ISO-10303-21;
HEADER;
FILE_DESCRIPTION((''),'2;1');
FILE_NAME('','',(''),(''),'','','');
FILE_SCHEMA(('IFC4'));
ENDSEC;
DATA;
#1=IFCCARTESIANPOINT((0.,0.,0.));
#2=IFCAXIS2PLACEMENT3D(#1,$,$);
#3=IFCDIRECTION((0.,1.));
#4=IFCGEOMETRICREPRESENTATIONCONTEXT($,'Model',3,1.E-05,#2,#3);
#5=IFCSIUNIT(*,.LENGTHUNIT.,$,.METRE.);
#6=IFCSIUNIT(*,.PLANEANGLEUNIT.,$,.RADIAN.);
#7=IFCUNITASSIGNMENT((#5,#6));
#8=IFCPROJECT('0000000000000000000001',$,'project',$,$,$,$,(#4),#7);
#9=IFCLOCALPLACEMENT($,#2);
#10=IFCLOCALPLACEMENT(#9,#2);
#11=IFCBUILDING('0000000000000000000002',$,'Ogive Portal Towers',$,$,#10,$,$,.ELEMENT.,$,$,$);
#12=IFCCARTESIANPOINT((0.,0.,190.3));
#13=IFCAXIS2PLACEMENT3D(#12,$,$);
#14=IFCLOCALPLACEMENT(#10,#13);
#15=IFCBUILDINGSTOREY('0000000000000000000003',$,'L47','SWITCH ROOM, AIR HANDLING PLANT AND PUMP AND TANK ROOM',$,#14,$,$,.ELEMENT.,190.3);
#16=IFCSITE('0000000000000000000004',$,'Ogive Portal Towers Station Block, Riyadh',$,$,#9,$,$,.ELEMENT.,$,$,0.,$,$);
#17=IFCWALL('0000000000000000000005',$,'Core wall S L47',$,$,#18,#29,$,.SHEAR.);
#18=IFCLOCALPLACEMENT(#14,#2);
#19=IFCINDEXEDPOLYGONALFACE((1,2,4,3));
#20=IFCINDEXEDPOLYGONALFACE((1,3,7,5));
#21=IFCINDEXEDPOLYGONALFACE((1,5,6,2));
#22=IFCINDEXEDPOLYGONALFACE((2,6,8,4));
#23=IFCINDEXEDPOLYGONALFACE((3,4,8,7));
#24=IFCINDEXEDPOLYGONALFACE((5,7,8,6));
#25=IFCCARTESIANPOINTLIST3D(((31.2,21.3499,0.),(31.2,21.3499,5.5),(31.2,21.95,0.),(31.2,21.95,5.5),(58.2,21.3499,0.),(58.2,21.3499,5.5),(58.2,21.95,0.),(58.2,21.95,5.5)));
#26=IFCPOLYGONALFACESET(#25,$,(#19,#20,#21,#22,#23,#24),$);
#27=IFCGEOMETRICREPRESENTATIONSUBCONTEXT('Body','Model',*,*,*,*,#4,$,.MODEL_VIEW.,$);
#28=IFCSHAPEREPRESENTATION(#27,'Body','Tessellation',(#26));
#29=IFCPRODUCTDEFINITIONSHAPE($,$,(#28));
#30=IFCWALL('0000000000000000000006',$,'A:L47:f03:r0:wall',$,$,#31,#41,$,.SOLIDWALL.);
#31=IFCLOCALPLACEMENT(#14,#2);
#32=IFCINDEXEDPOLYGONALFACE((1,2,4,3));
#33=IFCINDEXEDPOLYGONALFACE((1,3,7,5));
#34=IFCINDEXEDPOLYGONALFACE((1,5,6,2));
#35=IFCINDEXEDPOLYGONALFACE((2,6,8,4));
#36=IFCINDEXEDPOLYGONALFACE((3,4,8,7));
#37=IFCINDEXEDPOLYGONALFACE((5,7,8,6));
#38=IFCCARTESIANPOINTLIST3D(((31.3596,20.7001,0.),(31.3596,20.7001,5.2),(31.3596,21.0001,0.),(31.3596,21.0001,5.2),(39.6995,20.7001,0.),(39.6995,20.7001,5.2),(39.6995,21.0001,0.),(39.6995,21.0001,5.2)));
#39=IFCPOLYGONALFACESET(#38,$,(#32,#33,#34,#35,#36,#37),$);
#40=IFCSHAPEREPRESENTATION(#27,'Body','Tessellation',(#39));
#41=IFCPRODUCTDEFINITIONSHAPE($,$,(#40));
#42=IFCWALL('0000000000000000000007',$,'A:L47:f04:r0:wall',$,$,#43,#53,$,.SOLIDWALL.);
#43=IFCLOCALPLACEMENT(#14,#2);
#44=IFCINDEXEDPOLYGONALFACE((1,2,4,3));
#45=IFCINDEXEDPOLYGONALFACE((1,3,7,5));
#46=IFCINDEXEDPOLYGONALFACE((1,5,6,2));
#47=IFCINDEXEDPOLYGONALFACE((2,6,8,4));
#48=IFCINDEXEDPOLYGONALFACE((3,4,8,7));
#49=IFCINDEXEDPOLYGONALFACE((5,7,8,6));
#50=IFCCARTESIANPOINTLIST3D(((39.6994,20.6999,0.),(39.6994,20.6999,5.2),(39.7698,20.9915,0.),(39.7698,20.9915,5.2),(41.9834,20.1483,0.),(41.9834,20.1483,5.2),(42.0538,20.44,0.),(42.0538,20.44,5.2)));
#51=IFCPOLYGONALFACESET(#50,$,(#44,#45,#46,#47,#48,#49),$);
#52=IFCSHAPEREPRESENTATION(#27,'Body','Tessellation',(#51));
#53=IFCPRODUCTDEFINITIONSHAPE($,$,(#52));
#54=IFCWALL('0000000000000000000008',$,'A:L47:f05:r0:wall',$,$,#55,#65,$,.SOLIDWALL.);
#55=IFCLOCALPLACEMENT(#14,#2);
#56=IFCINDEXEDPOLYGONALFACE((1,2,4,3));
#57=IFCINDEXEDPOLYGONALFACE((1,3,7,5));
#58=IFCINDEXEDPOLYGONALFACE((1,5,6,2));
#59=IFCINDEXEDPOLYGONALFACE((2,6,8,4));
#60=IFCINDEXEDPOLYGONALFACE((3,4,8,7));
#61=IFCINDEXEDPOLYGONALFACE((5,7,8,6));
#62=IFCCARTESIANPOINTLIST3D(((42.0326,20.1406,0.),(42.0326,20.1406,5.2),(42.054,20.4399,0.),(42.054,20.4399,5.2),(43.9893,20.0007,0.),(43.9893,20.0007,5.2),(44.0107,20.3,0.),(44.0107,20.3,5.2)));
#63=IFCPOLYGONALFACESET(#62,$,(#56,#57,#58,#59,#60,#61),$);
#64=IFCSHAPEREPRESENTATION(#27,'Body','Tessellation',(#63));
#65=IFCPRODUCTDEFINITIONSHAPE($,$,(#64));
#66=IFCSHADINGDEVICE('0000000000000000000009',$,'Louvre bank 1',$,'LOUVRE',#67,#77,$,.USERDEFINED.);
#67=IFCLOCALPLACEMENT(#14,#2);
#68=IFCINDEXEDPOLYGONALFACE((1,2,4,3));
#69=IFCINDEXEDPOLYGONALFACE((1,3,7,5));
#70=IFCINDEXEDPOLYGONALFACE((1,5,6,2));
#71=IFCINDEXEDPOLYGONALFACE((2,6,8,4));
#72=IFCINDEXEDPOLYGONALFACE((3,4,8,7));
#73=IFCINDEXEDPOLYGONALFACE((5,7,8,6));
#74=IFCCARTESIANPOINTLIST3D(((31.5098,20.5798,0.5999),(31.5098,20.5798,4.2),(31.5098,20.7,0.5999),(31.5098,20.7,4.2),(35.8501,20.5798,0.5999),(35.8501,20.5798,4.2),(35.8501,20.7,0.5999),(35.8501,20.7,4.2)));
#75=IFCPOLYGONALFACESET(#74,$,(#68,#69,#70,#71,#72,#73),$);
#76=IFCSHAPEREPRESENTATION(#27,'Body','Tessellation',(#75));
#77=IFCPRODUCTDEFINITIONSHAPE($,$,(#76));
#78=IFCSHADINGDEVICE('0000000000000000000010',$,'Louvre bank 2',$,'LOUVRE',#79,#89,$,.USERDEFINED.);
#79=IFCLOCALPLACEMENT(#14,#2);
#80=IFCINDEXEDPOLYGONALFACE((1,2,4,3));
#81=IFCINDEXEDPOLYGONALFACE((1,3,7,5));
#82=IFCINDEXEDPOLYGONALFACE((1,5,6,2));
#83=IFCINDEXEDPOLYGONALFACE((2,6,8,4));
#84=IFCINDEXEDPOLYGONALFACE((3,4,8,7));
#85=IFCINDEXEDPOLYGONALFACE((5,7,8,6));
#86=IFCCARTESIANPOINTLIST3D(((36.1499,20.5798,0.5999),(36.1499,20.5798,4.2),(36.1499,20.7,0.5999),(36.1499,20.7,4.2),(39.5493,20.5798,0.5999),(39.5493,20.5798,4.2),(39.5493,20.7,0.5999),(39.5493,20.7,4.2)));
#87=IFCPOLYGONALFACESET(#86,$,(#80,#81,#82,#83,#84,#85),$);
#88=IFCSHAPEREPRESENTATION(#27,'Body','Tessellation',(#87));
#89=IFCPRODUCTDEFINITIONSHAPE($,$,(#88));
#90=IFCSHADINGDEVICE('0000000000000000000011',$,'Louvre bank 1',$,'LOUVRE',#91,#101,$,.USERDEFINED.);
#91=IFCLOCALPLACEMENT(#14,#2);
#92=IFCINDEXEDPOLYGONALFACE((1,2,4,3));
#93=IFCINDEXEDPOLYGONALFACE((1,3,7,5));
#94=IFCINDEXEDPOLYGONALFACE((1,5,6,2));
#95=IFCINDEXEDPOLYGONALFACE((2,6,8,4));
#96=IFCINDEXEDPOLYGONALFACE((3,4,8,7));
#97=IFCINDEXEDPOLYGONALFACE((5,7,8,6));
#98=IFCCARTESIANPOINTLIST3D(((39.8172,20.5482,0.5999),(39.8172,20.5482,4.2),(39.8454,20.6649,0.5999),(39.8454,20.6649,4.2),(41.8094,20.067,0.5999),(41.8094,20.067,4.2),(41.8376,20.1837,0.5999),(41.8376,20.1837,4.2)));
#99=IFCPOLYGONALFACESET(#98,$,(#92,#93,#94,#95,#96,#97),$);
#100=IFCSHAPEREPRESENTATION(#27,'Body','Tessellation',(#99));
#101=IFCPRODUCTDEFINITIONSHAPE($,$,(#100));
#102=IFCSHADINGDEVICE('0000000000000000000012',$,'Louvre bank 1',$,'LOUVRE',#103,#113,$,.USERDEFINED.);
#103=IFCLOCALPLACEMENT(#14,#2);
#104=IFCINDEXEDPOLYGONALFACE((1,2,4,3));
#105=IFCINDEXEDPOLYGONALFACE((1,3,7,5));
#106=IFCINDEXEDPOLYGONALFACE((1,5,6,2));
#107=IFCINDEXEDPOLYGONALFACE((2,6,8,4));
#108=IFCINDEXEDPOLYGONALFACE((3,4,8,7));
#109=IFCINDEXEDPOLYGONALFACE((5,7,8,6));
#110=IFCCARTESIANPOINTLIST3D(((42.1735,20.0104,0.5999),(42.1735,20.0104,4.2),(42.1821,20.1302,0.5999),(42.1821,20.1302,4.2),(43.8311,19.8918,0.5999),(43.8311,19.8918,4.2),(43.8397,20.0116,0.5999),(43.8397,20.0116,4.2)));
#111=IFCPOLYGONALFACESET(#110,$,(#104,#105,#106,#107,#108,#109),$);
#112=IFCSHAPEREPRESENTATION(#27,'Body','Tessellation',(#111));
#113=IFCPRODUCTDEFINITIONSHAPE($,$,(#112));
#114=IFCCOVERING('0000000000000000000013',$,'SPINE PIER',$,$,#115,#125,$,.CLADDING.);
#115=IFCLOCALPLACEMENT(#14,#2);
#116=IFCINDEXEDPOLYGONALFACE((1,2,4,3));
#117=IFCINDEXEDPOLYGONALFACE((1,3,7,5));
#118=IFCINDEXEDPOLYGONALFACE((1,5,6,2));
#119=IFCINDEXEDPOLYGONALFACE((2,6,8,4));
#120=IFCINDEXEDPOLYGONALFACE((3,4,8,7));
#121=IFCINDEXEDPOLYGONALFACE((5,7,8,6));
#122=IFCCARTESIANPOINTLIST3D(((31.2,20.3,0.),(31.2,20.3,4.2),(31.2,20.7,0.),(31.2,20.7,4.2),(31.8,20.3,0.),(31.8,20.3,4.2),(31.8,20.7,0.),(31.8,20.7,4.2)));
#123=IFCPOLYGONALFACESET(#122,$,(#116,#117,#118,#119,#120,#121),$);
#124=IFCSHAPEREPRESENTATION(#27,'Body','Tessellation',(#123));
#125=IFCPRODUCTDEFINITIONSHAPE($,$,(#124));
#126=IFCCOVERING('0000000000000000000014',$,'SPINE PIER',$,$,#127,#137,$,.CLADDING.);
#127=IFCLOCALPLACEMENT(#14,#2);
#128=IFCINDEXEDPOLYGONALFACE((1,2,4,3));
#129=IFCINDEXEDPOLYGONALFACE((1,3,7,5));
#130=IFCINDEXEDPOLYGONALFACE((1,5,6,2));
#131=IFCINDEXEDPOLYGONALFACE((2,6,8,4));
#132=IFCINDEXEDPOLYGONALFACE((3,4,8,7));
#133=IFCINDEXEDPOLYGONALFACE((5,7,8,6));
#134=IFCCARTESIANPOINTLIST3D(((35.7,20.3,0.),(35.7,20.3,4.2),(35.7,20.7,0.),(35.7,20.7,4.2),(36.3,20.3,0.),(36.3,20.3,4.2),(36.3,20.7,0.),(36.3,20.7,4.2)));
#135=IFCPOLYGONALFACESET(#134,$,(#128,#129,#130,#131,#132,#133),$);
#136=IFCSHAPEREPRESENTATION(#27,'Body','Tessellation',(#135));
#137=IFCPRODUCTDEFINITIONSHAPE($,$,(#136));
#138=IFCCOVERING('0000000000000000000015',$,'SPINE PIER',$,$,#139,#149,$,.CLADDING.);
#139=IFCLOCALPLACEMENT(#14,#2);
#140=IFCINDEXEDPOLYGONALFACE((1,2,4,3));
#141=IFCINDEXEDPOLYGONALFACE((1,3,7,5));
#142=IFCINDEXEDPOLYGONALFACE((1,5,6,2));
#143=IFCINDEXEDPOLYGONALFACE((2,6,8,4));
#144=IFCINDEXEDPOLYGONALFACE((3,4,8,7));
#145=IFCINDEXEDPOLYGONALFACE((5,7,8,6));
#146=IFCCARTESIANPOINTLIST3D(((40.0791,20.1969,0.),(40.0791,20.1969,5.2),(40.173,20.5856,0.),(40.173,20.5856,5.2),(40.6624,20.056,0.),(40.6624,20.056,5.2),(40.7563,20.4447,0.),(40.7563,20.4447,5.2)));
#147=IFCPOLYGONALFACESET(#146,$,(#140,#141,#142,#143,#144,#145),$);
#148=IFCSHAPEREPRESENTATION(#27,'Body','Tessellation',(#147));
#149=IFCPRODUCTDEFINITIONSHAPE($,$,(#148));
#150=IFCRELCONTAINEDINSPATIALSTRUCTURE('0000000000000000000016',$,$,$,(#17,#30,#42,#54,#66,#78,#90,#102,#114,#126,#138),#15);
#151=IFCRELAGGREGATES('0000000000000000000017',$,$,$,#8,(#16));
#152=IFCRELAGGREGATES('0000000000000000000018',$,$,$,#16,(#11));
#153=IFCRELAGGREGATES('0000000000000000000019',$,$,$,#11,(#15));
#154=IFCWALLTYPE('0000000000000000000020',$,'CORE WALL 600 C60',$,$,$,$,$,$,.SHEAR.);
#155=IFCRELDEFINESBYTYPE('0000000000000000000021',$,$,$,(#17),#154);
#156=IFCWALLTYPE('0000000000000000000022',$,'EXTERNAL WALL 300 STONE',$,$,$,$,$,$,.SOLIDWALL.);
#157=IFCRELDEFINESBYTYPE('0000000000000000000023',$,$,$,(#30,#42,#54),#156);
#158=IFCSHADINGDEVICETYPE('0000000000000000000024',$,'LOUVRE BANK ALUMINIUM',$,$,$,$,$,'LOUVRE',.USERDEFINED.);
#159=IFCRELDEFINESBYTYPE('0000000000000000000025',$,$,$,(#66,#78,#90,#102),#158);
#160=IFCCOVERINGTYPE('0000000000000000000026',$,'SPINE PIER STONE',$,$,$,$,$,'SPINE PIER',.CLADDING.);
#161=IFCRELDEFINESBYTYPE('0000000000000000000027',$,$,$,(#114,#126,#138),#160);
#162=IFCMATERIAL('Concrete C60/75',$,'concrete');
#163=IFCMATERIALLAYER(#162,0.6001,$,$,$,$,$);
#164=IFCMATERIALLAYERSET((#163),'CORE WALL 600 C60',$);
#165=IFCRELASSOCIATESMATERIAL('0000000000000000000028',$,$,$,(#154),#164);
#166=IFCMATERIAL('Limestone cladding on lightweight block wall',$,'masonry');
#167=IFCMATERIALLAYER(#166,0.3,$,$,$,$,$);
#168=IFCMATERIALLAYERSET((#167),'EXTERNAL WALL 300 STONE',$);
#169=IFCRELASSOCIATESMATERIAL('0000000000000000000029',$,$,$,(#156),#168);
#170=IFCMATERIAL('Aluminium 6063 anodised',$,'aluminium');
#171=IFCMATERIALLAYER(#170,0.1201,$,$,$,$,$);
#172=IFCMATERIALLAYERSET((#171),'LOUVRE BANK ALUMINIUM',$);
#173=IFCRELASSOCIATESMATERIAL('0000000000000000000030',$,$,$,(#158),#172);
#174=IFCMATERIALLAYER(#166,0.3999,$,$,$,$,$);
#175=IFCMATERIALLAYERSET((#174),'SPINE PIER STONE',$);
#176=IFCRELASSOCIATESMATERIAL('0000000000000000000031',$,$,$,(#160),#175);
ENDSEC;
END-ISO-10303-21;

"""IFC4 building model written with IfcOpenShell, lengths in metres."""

from ifc_helpers import new_model, si_unit, direction, frame, frame_2d, origin, origin_2d, place, context, subcontext, project, spatial, rectangle, extrude, material, layer, layer_set, type_object, element, save


model = new_model("IFC4")

# Units and contexts
model_context = context("Model", 3, precision=1e-05, world=origin(), true_north=direction((0.0, 1.0)))
body_context = subcontext(model_context, "Body", "Model", "MODEL_VIEW")
ifc_project = project(units=[si_unit("LENGTHUNIT", "METRE"), si_unit("PLANEANGLEUNIT", "RADIAN")], contexts=[model_context])

# Site, building, storey
site_placement = place(None, origin())
site = spatial("IfcSite", under=ifc_project, at=site_placement, Name="Ogive Portal Towers Station Block, Riyadh", CompositionType="ELEMENT", RefElevation=0.0)
building_placement = place(site_placement, origin())
building = spatial("IfcBuilding", under=site, at=building_placement, Name="Ogive Portal Towers", CompositionType="ELEMENT")
storey_placement = place(building_placement, frame((0.0, 0.0, 190.3)))
storey = spatial("IfcBuildingStorey", under=building, at=storey_placement, Name="L47", Description="SWITCH ROOM, AIR HANDLING PLANT AND PUMP AND TANK ROOM", CompositionType="ELEMENT", Elevation=190.3)

# Walls
ifc_material_1 = material(Name="Concrete C60/75", Category="concrete")
ifc_layer_1 = layer(ifc_material_1, 0.6001)
ifc_layer_set_1 = layer_set([ifc_layer_1], Name="CORE WALL 600 C60")
wall_type_1 = type_object("IfcWallType", Name="CORE WALL 600 C60", PredefinedType="SHEAR", material=ifc_layer_set_1)
wall_1_placement = place(storey_placement, frame((31.2, 21.6499, 0.0), z_axis=(0.0, 0.0, 1.0), x_axis=(1.0, 0.0, 0.0)))
element("IfcWall", 1, at=wall_1_placement, inside=storey, type_object=wall_type_1, Name="Core wall S L47", PredefinedType="SHEAR", context=body_context, shape_type="SweptSolid", body=[
    extrude(rectangle(XDim=27.0, YDim=0.6001, at=frame_2d((13.5, 0.0))), origin(), (0.0, 0.0, 1.0), 5.5),
])
ifc_material_2 = material(Name="Limestone cladding on lightweight block wall", Category="masonry")
ifc_layer_2 = layer(ifc_material_2, 0.3)
ifc_layer_set_2 = layer_set([ifc_layer_2], Name="EXTERNAL WALL 300 STONE")
wall_type_2 = type_object("IfcWallType", Name="EXTERNAL WALL 300 STONE", PredefinedType="SOLIDWALL", material=ifc_layer_set_2)
wall_2_placement = place(storey_placement, frame((31.3596, 20.8501, 0.0), z_axis=(0.0, 0.0, 1.0), x_axis=(1.0, 0.0, 0.0)))
element("IfcWall", 2, at=wall_2_placement, inside=storey, type_object=wall_type_2, Name="A:L47:f03:r0:wall", PredefinedType="SOLIDWALL", context=body_context, shape_type="SweptSolid", body=[
    extrude(rectangle(XDim=8.3398, YDim=0.3, at=frame_2d((4.1699, 0.0))), origin(), (0.0, 0.0, 1.0), 5.2),
])
wall_3_placement = place(storey_placement, frame((39.7346, 20.8457, 0.0), z_axis=(0.0, 0.0, 1.0), x_axis=(0.972061, -0.234729, 0.0)))
element("IfcWall", 3, at=wall_3_placement, inside=storey, type_object=wall_type_2, Name="A:L47:f04:r0:wall", PredefinedType="SOLIDWALL", context=body_context, shape_type="SweptSolid", body=[
    extrude(rectangle(XDim=2.3496, YDim=0.3, at=frame_2d((1.1748, 0.0))), origin(), (0.0, 0.0, 1.0), 5.2),
])
wall_4_placement = place(storey_placement, frame((42.0432, 20.2903, 0.0), z_axis=(0.0, 0.0, 1.0), x_axis=(0.997454, -0.071309, 0.0)))
element("IfcWall", 4, at=wall_4_placement, inside=storey, type_object=wall_type_2, Name="A:L47:f05:r0:wall", PredefinedType="SOLIDWALL", context=body_context, shape_type="SweptSolid", body=[
    extrude(rectangle(XDim=1.9617, YDim=0.3, at=frame_2d((0.981, 0.0))), origin(), (0.0, 0.0, 1.0), 5.2),
])

# Shading devices
ifc_material_3 = material(Name="Aluminium 6063 anodised", Category="aluminium")
ifc_layer_3 = layer(ifc_material_3, 0.1201)
ifc_layer_set_3 = layer_set([ifc_layer_3], Name="LOUVRE BANK ALUMINIUM")
shading_device_type = type_object("IfcShadingDeviceType", Name="LOUVRE BANK ALUMINIUM", ElementType="LOUVRE", PredefinedType="USERDEFINED", material=ifc_layer_set_3)
shading_device_1_placement = place(storey_placement, frame((33.6799, 20.6399, 0.5999), z_axis=(0.0, 0.0, 1.0), x_axis=(1.0, 0.0, 0.0)))
element("IfcShadingDevice", 5, at=shading_device_1_placement, inside=storey, type_object=shading_device_type, Name="Louvre bank 1", ObjectType="LOUVRE", PredefinedType="USERDEFINED", context=body_context, shape_type="SweptSolid", body=[
    extrude(rectangle(XDim=4.3403, YDim=0.1201, at=origin_2d()), origin(), (0.0, 0.0, 1.0), 3.6001),
])
shading_device_2_placement = place(storey_placement, frame((37.8496, 20.6399, 0.5999), z_axis=(0.0, 0.0, 1.0), x_axis=(1.0, 0.0, 0.0)))
element("IfcShadingDevice", 6, at=shading_device_2_placement, inside=storey, type_object=shading_device_type, Name="Louvre bank 2", ObjectType="LOUVRE", PredefinedType="USERDEFINED", context=body_context, shape_type="SweptSolid", body=[
    extrude(rectangle(XDim=3.3994, YDim=0.1201, at=origin_2d()), origin(), (0.0, 0.0, 1.0), 3.6001),
])
shading_device_3_placement = place(storey_placement, frame((40.8274, 20.366, 0.5999), z_axis=(0.0, 0.0, 1.0), x_axis=(0.972048, -0.234782, 0.0)))
element("IfcShadingDevice", 7, at=shading_device_3_placement, inside=storey, type_object=shading_device_type, Name="Louvre bank 1", ObjectType="LOUVRE", PredefinedType="USERDEFINED", context=body_context, shape_type="SweptSolid", body=[
    extrude(rectangle(XDim=2.0496, YDim=0.1201, at=origin_2d()), origin(), (0.0, 0.0, 1.0), 3.6001),
])
shading_device_4_placement = place(storey_placement, frame((43.0066, 20.011, 0.5999), z_axis=(0.0, 0.0, 1.0), x_axis=(0.997452, -0.071339, 0.0)))
element("IfcShadingDevice", 8, at=shading_device_4_placement, inside=storey, type_object=shading_device_type, Name="Louvre bank 1", ObjectType="LOUVRE", PredefinedType="USERDEFINED", context=body_context, shape_type="SweptSolid", body=[
    extrude(rectangle(XDim=1.6619, YDim=0.1201, at=origin_2d()), origin(), (0.0, 0.0, 1.0), 3.6001),
])

# Coverings
ifc_layer_4 = layer(ifc_material_2, 0.3999)
ifc_layer_set_4 = layer_set([ifc_layer_4], Name="SPINE PIER STONE")
covering_type = type_object("IfcCoveringType", Name="SPINE PIER STONE", ElementType="SPINE PIER", PredefinedType="CLADDING", material=ifc_layer_set_4)
for number, where, z_axis, x_axis, name in (
    (9, (31.5, 20.5, 0.0), (0.0, 0.0, 1.0), (1.0, 0.0, 0.0), "SPINE PIER"),
    (10, (36.0, 20.5, 0.0), (0.0, 0.0, 1.0), (1.0, 0.0, 0.0), "SPINE PIER"),
):
    element("IfcCovering", number, at=place(storey_placement, frame(where, z_axis=z_axis, x_axis=x_axis)), inside=storey, type_object=covering_type, Name=name, PredefinedType="CLADDING", context=body_context, shape_type="SweptSolid", body=[
        extrude(rectangle(XDim=0.6001, YDim=0.3999, at=origin_2d()), origin(), (0.0, 0.0, 1.0), 4.2),
    ])
covering_placement = place(storey_placement, frame((40.4177, 20.3208, 0.0), z_axis=(0.0, 0.0, 1.0), x_axis=(0.972048, -0.234782, 0.0)))
element("IfcCovering", 11, at=covering_placement, inside=storey, type_object=covering_type, Name="SPINE PIER", PredefinedType="CLADDING", context=body_context, shape_type="SweptSolid", body=[
    extrude(rectangle(XDim=0.6001, YDim=0.3999, at=origin_2d()), origin(), (0.0, 0.0, 1.0), 5.2),
])

save(model, "model.ifc")
